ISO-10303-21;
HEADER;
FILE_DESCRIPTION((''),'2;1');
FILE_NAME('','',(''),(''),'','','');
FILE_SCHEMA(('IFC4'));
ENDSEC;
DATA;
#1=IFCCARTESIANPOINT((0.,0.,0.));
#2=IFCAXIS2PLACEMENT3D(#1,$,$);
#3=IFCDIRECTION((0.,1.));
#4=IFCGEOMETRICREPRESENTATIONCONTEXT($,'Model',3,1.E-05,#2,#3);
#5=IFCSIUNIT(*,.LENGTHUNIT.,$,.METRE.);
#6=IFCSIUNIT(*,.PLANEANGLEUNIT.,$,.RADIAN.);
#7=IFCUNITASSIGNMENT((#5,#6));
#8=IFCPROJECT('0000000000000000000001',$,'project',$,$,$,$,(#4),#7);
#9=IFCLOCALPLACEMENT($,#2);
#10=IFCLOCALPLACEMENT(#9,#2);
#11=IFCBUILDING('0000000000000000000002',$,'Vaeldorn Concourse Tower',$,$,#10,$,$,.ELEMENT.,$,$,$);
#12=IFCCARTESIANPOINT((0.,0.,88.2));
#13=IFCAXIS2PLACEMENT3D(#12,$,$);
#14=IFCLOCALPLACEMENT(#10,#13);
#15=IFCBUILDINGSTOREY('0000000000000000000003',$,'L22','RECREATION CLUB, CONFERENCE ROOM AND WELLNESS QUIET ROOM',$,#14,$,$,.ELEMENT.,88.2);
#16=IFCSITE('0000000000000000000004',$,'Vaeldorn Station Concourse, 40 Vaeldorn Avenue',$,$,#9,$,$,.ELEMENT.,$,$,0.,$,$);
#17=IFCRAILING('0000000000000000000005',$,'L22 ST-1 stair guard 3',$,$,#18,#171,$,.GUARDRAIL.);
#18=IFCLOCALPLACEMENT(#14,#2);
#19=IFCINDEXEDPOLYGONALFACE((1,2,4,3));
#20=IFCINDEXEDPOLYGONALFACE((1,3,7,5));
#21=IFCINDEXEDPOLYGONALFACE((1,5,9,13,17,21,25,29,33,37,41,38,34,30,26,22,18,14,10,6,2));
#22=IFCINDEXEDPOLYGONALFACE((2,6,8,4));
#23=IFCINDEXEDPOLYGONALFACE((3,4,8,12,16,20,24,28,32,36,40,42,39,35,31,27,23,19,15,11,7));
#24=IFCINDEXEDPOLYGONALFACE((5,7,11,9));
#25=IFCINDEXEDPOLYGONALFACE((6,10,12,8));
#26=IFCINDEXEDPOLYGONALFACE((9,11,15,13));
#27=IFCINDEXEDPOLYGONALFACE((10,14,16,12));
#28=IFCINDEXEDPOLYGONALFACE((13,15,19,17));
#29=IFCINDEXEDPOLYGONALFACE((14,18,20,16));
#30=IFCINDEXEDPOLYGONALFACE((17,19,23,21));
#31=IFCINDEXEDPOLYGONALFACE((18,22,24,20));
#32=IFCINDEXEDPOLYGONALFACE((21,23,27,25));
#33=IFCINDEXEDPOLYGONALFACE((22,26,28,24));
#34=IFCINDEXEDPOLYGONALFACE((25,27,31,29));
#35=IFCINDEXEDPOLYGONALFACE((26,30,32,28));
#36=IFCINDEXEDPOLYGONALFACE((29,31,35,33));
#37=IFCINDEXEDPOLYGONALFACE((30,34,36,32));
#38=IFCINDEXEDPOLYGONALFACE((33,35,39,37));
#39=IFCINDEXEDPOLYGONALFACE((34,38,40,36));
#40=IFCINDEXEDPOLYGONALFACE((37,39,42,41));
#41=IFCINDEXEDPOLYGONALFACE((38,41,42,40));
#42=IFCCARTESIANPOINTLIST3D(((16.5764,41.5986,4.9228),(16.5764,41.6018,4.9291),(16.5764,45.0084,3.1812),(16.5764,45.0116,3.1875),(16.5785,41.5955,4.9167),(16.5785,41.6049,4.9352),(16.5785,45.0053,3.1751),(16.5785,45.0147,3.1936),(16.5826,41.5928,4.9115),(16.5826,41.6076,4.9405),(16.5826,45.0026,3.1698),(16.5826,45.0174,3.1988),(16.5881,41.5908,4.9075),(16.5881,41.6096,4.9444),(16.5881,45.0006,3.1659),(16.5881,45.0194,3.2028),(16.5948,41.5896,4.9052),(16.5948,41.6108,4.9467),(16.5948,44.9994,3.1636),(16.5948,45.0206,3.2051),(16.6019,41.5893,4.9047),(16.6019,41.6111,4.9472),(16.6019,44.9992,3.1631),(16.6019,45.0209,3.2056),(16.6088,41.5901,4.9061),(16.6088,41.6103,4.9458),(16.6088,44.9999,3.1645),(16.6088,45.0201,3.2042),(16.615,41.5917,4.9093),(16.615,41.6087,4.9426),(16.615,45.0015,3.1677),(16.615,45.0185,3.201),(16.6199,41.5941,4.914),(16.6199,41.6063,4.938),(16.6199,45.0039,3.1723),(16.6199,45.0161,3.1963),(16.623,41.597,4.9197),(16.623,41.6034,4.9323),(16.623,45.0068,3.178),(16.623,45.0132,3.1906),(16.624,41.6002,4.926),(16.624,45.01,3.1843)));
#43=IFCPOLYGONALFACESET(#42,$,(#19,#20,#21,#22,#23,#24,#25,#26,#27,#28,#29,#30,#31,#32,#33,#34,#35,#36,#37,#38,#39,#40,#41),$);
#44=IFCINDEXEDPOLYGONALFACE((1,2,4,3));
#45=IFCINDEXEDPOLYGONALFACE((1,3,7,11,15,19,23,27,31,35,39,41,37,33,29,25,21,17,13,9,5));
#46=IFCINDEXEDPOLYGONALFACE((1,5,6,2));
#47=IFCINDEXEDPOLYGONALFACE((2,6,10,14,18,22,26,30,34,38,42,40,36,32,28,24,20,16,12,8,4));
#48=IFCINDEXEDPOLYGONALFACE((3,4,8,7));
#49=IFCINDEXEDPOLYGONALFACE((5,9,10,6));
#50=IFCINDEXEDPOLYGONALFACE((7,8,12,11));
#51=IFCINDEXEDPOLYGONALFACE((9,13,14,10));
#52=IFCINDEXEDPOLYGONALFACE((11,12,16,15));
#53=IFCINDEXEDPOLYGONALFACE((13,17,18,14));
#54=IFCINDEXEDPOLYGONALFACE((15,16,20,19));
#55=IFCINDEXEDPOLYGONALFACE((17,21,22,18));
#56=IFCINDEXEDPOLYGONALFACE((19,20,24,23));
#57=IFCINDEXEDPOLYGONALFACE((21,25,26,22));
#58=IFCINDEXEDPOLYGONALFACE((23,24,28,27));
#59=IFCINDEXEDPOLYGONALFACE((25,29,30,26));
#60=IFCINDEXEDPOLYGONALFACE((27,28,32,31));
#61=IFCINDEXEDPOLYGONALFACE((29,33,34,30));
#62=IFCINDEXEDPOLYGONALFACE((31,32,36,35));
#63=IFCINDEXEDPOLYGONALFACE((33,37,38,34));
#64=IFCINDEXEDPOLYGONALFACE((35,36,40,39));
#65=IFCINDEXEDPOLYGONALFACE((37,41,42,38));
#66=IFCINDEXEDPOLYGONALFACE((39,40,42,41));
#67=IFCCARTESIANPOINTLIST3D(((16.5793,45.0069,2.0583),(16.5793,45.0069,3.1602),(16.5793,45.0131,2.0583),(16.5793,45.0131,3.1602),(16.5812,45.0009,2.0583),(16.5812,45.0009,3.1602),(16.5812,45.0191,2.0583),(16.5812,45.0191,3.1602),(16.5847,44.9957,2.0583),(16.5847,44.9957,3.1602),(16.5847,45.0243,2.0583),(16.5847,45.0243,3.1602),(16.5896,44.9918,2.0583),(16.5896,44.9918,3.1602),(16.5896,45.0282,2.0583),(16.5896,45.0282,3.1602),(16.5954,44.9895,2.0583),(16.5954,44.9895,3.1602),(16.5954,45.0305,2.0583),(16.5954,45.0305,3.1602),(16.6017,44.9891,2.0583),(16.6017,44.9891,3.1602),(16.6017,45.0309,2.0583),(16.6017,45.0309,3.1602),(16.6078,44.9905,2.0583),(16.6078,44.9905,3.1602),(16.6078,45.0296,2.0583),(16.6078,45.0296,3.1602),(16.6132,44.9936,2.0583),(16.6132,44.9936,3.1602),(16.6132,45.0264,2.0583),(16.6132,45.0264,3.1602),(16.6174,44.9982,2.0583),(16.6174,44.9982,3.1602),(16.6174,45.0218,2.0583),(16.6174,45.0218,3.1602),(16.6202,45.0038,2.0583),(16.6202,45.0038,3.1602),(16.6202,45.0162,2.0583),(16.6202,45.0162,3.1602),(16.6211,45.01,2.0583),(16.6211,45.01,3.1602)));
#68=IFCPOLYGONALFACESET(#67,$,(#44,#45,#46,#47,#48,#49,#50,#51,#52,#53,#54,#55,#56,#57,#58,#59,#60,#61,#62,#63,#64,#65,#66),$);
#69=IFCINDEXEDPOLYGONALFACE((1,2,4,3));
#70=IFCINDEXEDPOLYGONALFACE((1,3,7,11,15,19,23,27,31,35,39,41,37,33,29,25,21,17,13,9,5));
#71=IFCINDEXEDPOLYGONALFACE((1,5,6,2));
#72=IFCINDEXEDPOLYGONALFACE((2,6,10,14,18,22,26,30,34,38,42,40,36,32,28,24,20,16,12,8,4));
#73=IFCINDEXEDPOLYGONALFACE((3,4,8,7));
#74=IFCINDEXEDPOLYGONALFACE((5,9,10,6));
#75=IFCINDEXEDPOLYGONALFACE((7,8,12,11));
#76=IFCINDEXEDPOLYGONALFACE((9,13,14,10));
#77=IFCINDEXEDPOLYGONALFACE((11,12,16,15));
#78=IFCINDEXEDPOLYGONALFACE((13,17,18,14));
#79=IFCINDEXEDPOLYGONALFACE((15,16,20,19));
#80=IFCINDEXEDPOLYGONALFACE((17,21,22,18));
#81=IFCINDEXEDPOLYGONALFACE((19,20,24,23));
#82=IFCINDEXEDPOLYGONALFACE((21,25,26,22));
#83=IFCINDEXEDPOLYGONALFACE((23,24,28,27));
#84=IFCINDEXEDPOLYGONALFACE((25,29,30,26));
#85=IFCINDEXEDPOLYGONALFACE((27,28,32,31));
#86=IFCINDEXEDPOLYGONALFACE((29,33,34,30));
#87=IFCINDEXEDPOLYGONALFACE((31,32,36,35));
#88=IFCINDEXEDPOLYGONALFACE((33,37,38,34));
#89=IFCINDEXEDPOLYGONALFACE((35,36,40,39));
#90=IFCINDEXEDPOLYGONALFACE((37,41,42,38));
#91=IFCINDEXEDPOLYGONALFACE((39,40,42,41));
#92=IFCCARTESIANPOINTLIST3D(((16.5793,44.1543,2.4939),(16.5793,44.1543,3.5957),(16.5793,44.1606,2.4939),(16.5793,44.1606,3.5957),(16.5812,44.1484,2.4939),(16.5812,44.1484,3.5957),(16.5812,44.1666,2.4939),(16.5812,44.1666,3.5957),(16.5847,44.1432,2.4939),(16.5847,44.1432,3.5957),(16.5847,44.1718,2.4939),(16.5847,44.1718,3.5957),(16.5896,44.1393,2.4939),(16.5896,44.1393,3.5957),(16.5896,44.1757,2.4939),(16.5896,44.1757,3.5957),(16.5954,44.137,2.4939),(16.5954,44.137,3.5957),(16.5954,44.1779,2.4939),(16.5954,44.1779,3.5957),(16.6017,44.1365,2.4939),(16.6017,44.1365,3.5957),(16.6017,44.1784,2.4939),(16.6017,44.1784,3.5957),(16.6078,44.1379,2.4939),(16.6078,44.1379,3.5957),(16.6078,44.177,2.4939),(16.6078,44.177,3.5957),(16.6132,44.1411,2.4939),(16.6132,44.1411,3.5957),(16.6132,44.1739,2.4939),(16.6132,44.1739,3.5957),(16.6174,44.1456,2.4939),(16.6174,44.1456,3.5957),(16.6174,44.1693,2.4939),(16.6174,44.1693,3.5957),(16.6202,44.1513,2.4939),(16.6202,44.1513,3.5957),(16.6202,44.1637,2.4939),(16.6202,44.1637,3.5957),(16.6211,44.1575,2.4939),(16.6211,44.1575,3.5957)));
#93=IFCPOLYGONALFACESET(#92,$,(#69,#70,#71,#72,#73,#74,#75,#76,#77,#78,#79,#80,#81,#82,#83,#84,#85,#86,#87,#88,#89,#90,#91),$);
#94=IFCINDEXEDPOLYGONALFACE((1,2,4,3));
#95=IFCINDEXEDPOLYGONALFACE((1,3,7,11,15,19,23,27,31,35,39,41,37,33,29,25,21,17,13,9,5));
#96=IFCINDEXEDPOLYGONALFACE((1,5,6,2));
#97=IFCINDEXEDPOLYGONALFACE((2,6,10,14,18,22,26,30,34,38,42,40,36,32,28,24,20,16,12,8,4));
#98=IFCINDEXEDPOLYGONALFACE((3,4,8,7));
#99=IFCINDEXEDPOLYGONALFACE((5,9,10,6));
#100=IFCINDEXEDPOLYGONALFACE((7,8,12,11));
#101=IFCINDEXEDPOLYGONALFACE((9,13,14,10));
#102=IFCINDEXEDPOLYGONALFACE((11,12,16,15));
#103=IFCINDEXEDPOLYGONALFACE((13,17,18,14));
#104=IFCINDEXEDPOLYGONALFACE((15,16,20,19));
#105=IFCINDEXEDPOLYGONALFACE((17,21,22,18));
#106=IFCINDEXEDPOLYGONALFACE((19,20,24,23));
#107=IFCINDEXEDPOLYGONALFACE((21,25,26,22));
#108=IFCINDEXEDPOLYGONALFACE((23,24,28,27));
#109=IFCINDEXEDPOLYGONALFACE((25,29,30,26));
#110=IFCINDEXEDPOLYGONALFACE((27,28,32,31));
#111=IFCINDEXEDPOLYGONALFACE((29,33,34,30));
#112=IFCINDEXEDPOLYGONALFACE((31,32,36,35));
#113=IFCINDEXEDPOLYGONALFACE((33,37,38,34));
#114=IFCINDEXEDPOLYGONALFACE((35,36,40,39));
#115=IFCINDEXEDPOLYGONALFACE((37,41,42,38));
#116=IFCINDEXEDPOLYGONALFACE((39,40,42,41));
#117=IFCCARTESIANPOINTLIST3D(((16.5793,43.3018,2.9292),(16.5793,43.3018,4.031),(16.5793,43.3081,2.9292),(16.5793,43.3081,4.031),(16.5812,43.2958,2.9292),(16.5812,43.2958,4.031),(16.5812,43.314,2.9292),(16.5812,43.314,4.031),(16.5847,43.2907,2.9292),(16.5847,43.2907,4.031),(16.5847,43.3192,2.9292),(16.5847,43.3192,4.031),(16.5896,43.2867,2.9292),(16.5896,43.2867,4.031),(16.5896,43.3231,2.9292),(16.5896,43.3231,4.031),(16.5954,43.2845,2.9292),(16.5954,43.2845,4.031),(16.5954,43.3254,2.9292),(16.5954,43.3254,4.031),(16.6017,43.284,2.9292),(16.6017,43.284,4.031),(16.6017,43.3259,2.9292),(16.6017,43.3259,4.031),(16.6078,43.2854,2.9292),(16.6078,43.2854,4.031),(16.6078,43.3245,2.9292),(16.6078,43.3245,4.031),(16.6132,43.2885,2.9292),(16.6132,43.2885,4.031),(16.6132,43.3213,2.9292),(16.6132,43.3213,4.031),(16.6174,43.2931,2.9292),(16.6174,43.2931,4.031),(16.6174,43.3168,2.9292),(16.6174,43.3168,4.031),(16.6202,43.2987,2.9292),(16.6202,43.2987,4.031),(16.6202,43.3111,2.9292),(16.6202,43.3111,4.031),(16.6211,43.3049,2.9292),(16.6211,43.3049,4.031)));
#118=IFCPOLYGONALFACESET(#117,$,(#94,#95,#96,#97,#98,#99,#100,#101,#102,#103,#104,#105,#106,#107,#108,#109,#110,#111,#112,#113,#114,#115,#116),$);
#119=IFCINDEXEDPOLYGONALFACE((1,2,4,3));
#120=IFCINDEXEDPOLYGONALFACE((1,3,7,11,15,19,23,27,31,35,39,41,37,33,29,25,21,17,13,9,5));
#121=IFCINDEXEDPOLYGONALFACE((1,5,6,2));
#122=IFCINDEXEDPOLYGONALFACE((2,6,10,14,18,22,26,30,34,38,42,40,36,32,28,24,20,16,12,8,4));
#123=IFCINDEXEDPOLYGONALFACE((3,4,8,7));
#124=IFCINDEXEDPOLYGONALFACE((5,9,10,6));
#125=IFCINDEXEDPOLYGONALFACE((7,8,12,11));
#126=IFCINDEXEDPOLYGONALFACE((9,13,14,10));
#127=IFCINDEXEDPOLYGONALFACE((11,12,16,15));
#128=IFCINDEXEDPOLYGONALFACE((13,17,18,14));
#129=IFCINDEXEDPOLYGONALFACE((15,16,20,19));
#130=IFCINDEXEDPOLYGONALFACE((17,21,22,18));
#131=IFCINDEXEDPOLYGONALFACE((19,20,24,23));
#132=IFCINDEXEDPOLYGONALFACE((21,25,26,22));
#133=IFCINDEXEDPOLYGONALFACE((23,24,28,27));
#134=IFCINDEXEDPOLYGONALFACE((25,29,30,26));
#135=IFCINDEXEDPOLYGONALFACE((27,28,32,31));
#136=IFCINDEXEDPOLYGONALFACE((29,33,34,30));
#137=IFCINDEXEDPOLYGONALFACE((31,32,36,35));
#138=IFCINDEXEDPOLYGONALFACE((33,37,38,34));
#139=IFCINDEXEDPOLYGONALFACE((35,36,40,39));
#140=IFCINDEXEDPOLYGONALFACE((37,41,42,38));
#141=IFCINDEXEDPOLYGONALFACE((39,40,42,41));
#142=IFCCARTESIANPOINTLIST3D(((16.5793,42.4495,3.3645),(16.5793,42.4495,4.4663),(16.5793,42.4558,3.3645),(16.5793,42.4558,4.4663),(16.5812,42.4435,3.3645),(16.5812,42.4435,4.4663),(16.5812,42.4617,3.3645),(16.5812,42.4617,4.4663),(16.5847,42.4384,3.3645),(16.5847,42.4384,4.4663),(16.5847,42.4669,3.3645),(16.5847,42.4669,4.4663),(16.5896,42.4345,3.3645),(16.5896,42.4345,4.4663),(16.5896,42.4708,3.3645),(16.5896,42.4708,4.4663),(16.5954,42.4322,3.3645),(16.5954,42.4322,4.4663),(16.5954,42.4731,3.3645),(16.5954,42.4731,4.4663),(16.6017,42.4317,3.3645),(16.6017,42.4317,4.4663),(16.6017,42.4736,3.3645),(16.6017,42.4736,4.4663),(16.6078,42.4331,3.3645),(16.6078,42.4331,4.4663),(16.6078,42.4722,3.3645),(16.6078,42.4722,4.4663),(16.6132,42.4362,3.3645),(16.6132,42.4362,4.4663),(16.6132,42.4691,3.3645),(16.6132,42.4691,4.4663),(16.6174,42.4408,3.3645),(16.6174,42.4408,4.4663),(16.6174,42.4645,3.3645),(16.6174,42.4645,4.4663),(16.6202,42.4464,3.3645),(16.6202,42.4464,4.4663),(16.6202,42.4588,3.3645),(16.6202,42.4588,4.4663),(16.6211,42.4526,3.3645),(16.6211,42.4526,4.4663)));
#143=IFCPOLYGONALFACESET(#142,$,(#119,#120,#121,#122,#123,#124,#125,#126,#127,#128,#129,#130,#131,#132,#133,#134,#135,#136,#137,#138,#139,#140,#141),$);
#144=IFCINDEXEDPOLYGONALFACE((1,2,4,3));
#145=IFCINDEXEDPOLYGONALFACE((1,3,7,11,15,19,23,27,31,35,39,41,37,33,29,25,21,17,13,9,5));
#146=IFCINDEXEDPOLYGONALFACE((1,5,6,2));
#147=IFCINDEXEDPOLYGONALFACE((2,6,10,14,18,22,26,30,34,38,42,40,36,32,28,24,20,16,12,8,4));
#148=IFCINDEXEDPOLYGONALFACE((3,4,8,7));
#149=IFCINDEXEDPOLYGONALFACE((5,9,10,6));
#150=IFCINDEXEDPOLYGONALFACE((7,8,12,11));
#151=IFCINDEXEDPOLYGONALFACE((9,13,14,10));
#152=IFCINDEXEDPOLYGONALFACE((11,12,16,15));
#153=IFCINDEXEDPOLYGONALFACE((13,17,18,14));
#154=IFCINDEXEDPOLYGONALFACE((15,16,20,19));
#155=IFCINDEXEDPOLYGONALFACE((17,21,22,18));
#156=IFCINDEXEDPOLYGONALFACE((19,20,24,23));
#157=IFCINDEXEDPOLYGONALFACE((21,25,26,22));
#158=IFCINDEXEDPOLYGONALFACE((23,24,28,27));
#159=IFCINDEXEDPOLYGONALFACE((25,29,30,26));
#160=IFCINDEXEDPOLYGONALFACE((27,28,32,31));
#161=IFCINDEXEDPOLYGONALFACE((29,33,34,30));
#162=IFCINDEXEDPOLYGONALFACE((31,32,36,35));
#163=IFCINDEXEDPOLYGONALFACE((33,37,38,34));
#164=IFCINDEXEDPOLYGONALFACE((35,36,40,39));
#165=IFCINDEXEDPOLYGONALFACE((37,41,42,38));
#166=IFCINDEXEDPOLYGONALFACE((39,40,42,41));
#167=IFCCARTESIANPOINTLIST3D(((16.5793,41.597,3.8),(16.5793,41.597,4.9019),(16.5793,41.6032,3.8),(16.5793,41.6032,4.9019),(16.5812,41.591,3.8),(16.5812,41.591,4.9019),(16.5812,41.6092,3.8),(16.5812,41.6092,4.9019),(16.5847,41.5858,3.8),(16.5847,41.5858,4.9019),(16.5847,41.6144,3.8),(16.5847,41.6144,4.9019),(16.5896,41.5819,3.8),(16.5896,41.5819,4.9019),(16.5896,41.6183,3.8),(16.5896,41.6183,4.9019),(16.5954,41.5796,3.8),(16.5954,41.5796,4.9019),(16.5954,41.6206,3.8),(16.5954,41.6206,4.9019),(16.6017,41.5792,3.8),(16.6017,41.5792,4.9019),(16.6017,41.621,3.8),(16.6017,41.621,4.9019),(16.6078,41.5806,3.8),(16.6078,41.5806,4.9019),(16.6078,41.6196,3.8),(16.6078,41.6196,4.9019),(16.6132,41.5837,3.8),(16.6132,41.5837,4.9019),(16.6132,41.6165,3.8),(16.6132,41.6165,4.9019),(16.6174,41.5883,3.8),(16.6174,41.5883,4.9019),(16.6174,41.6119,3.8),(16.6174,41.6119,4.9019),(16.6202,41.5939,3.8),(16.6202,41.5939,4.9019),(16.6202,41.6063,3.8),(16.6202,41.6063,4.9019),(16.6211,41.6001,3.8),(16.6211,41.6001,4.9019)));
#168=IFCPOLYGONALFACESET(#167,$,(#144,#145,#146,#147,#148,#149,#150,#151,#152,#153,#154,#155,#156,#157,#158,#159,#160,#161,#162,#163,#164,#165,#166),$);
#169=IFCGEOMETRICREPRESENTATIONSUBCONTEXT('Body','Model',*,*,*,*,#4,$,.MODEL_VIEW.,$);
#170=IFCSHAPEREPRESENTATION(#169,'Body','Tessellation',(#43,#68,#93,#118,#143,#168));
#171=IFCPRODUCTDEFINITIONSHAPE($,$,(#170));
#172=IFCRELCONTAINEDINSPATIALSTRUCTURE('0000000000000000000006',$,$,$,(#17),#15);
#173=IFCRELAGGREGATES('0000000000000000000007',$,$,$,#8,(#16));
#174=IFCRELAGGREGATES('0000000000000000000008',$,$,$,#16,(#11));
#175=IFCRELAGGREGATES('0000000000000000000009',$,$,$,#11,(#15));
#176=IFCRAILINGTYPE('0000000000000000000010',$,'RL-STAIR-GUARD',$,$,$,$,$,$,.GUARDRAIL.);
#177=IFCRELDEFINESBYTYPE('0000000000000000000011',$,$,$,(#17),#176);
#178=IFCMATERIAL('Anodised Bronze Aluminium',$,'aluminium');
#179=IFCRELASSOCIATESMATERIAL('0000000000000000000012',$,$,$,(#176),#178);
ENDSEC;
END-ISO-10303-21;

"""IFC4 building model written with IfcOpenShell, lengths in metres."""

from ifc_helpers import new_model, si_unit, direction, frame, origin, origin_2d, place, context, subcontext, project, spatial, circle, extrude, material, type_object, element, save


model = new_model("IFC4")

# Units and contexts
model_context = context("Model", 3, precision=1e-05, world=origin(), true_north=direction((0.0, 1.0)))
body_context = subcontext(model_context, "Body", "Model", "MODEL_VIEW")
ifc_project = project(units=[si_unit("LENGTHUNIT", "METRE"), si_unit("PLANEANGLEUNIT", "RADIAN")], contexts=[model_context])

# Site, building, storey
site_placement = place(None, origin())
site = spatial("IfcSite", under=ifc_project, at=site_placement, Name="Vaeldorn Station Concourse, 40 Vaeldorn Avenue", CompositionType="ELEMENT", RefElevation=0.0)
building_placement = place(site_placement, origin())
building = spatial("IfcBuilding", under=site, at=building_placement, Name="Vaeldorn Concourse Tower", CompositionType="ELEMENT")
storey_placement = place(building_placement, frame((0.0, 0.0, 88.2)))
storey = spatial("IfcBuildingStorey", under=building, at=storey_placement, Name="L22", Description="RECREATION CLUB, CONFERENCE ROOM AND WELLNESS QUIET ROOM", CompositionType="ELEMENT", Elevation=88.2)

# Shared definitions
ifc_material_1 = material(Name="Anodised Bronze Aluminium", Category="aluminium")

# Railing
railing_type_1 = type_object("IfcRailingType", Name="RL-STAIR-GUARD", PredefinedType="GUARDRAIL", material=ifc_material_1)
railing_1_placement = place(storey_placement, frame((16.6001, 45.01, 2.0583)))
element("IfcRailing", 1, at=railing_1_placement, inside=storey, type_object=railing_type_1, Name="L22 ST-1 stair guard 3", PredefinedType="GUARDRAIL", context=body_context, shape_type="SweptSolid", body=[
    extrude(circle(Radius=0.0239, at=origin_2d()), frame((0.0, 0.0, 1.126), z_axis=(0.0, -0.890556, 0.454874), x_axis=(1.0, 0.0, 0.0)), (0.0, 0.0, 1.0), 3.8289),
    extrude(circle(Radius=0.021, at=origin_2d()), origin(), (0.0, 0.0, 1.0), 1.1018),
    extrude(circle(Radius=0.021, at=origin_2d()), frame((0.0, -0.8525, 0.4355)), (0.0, 0.0, 1.0), 1.1018),
    extrude(circle(Radius=0.021, at=origin_2d()), frame((0.0, -1.7051, 0.8708)), (0.0, 0.0, 1.0), 1.1018),
    extrude(circle(Radius=0.021, at=origin_2d()), frame((0.0, -2.5574, 1.3062)), (0.0, 0.0, 1.0), 1.1018),
    extrude(circle(Radius=0.021, at=origin_2d()), frame((0.0, -3.4099, 1.7417)), (0.0, 0.0, 1.0), 1.1018),
])

save(model, "model.ifc")
